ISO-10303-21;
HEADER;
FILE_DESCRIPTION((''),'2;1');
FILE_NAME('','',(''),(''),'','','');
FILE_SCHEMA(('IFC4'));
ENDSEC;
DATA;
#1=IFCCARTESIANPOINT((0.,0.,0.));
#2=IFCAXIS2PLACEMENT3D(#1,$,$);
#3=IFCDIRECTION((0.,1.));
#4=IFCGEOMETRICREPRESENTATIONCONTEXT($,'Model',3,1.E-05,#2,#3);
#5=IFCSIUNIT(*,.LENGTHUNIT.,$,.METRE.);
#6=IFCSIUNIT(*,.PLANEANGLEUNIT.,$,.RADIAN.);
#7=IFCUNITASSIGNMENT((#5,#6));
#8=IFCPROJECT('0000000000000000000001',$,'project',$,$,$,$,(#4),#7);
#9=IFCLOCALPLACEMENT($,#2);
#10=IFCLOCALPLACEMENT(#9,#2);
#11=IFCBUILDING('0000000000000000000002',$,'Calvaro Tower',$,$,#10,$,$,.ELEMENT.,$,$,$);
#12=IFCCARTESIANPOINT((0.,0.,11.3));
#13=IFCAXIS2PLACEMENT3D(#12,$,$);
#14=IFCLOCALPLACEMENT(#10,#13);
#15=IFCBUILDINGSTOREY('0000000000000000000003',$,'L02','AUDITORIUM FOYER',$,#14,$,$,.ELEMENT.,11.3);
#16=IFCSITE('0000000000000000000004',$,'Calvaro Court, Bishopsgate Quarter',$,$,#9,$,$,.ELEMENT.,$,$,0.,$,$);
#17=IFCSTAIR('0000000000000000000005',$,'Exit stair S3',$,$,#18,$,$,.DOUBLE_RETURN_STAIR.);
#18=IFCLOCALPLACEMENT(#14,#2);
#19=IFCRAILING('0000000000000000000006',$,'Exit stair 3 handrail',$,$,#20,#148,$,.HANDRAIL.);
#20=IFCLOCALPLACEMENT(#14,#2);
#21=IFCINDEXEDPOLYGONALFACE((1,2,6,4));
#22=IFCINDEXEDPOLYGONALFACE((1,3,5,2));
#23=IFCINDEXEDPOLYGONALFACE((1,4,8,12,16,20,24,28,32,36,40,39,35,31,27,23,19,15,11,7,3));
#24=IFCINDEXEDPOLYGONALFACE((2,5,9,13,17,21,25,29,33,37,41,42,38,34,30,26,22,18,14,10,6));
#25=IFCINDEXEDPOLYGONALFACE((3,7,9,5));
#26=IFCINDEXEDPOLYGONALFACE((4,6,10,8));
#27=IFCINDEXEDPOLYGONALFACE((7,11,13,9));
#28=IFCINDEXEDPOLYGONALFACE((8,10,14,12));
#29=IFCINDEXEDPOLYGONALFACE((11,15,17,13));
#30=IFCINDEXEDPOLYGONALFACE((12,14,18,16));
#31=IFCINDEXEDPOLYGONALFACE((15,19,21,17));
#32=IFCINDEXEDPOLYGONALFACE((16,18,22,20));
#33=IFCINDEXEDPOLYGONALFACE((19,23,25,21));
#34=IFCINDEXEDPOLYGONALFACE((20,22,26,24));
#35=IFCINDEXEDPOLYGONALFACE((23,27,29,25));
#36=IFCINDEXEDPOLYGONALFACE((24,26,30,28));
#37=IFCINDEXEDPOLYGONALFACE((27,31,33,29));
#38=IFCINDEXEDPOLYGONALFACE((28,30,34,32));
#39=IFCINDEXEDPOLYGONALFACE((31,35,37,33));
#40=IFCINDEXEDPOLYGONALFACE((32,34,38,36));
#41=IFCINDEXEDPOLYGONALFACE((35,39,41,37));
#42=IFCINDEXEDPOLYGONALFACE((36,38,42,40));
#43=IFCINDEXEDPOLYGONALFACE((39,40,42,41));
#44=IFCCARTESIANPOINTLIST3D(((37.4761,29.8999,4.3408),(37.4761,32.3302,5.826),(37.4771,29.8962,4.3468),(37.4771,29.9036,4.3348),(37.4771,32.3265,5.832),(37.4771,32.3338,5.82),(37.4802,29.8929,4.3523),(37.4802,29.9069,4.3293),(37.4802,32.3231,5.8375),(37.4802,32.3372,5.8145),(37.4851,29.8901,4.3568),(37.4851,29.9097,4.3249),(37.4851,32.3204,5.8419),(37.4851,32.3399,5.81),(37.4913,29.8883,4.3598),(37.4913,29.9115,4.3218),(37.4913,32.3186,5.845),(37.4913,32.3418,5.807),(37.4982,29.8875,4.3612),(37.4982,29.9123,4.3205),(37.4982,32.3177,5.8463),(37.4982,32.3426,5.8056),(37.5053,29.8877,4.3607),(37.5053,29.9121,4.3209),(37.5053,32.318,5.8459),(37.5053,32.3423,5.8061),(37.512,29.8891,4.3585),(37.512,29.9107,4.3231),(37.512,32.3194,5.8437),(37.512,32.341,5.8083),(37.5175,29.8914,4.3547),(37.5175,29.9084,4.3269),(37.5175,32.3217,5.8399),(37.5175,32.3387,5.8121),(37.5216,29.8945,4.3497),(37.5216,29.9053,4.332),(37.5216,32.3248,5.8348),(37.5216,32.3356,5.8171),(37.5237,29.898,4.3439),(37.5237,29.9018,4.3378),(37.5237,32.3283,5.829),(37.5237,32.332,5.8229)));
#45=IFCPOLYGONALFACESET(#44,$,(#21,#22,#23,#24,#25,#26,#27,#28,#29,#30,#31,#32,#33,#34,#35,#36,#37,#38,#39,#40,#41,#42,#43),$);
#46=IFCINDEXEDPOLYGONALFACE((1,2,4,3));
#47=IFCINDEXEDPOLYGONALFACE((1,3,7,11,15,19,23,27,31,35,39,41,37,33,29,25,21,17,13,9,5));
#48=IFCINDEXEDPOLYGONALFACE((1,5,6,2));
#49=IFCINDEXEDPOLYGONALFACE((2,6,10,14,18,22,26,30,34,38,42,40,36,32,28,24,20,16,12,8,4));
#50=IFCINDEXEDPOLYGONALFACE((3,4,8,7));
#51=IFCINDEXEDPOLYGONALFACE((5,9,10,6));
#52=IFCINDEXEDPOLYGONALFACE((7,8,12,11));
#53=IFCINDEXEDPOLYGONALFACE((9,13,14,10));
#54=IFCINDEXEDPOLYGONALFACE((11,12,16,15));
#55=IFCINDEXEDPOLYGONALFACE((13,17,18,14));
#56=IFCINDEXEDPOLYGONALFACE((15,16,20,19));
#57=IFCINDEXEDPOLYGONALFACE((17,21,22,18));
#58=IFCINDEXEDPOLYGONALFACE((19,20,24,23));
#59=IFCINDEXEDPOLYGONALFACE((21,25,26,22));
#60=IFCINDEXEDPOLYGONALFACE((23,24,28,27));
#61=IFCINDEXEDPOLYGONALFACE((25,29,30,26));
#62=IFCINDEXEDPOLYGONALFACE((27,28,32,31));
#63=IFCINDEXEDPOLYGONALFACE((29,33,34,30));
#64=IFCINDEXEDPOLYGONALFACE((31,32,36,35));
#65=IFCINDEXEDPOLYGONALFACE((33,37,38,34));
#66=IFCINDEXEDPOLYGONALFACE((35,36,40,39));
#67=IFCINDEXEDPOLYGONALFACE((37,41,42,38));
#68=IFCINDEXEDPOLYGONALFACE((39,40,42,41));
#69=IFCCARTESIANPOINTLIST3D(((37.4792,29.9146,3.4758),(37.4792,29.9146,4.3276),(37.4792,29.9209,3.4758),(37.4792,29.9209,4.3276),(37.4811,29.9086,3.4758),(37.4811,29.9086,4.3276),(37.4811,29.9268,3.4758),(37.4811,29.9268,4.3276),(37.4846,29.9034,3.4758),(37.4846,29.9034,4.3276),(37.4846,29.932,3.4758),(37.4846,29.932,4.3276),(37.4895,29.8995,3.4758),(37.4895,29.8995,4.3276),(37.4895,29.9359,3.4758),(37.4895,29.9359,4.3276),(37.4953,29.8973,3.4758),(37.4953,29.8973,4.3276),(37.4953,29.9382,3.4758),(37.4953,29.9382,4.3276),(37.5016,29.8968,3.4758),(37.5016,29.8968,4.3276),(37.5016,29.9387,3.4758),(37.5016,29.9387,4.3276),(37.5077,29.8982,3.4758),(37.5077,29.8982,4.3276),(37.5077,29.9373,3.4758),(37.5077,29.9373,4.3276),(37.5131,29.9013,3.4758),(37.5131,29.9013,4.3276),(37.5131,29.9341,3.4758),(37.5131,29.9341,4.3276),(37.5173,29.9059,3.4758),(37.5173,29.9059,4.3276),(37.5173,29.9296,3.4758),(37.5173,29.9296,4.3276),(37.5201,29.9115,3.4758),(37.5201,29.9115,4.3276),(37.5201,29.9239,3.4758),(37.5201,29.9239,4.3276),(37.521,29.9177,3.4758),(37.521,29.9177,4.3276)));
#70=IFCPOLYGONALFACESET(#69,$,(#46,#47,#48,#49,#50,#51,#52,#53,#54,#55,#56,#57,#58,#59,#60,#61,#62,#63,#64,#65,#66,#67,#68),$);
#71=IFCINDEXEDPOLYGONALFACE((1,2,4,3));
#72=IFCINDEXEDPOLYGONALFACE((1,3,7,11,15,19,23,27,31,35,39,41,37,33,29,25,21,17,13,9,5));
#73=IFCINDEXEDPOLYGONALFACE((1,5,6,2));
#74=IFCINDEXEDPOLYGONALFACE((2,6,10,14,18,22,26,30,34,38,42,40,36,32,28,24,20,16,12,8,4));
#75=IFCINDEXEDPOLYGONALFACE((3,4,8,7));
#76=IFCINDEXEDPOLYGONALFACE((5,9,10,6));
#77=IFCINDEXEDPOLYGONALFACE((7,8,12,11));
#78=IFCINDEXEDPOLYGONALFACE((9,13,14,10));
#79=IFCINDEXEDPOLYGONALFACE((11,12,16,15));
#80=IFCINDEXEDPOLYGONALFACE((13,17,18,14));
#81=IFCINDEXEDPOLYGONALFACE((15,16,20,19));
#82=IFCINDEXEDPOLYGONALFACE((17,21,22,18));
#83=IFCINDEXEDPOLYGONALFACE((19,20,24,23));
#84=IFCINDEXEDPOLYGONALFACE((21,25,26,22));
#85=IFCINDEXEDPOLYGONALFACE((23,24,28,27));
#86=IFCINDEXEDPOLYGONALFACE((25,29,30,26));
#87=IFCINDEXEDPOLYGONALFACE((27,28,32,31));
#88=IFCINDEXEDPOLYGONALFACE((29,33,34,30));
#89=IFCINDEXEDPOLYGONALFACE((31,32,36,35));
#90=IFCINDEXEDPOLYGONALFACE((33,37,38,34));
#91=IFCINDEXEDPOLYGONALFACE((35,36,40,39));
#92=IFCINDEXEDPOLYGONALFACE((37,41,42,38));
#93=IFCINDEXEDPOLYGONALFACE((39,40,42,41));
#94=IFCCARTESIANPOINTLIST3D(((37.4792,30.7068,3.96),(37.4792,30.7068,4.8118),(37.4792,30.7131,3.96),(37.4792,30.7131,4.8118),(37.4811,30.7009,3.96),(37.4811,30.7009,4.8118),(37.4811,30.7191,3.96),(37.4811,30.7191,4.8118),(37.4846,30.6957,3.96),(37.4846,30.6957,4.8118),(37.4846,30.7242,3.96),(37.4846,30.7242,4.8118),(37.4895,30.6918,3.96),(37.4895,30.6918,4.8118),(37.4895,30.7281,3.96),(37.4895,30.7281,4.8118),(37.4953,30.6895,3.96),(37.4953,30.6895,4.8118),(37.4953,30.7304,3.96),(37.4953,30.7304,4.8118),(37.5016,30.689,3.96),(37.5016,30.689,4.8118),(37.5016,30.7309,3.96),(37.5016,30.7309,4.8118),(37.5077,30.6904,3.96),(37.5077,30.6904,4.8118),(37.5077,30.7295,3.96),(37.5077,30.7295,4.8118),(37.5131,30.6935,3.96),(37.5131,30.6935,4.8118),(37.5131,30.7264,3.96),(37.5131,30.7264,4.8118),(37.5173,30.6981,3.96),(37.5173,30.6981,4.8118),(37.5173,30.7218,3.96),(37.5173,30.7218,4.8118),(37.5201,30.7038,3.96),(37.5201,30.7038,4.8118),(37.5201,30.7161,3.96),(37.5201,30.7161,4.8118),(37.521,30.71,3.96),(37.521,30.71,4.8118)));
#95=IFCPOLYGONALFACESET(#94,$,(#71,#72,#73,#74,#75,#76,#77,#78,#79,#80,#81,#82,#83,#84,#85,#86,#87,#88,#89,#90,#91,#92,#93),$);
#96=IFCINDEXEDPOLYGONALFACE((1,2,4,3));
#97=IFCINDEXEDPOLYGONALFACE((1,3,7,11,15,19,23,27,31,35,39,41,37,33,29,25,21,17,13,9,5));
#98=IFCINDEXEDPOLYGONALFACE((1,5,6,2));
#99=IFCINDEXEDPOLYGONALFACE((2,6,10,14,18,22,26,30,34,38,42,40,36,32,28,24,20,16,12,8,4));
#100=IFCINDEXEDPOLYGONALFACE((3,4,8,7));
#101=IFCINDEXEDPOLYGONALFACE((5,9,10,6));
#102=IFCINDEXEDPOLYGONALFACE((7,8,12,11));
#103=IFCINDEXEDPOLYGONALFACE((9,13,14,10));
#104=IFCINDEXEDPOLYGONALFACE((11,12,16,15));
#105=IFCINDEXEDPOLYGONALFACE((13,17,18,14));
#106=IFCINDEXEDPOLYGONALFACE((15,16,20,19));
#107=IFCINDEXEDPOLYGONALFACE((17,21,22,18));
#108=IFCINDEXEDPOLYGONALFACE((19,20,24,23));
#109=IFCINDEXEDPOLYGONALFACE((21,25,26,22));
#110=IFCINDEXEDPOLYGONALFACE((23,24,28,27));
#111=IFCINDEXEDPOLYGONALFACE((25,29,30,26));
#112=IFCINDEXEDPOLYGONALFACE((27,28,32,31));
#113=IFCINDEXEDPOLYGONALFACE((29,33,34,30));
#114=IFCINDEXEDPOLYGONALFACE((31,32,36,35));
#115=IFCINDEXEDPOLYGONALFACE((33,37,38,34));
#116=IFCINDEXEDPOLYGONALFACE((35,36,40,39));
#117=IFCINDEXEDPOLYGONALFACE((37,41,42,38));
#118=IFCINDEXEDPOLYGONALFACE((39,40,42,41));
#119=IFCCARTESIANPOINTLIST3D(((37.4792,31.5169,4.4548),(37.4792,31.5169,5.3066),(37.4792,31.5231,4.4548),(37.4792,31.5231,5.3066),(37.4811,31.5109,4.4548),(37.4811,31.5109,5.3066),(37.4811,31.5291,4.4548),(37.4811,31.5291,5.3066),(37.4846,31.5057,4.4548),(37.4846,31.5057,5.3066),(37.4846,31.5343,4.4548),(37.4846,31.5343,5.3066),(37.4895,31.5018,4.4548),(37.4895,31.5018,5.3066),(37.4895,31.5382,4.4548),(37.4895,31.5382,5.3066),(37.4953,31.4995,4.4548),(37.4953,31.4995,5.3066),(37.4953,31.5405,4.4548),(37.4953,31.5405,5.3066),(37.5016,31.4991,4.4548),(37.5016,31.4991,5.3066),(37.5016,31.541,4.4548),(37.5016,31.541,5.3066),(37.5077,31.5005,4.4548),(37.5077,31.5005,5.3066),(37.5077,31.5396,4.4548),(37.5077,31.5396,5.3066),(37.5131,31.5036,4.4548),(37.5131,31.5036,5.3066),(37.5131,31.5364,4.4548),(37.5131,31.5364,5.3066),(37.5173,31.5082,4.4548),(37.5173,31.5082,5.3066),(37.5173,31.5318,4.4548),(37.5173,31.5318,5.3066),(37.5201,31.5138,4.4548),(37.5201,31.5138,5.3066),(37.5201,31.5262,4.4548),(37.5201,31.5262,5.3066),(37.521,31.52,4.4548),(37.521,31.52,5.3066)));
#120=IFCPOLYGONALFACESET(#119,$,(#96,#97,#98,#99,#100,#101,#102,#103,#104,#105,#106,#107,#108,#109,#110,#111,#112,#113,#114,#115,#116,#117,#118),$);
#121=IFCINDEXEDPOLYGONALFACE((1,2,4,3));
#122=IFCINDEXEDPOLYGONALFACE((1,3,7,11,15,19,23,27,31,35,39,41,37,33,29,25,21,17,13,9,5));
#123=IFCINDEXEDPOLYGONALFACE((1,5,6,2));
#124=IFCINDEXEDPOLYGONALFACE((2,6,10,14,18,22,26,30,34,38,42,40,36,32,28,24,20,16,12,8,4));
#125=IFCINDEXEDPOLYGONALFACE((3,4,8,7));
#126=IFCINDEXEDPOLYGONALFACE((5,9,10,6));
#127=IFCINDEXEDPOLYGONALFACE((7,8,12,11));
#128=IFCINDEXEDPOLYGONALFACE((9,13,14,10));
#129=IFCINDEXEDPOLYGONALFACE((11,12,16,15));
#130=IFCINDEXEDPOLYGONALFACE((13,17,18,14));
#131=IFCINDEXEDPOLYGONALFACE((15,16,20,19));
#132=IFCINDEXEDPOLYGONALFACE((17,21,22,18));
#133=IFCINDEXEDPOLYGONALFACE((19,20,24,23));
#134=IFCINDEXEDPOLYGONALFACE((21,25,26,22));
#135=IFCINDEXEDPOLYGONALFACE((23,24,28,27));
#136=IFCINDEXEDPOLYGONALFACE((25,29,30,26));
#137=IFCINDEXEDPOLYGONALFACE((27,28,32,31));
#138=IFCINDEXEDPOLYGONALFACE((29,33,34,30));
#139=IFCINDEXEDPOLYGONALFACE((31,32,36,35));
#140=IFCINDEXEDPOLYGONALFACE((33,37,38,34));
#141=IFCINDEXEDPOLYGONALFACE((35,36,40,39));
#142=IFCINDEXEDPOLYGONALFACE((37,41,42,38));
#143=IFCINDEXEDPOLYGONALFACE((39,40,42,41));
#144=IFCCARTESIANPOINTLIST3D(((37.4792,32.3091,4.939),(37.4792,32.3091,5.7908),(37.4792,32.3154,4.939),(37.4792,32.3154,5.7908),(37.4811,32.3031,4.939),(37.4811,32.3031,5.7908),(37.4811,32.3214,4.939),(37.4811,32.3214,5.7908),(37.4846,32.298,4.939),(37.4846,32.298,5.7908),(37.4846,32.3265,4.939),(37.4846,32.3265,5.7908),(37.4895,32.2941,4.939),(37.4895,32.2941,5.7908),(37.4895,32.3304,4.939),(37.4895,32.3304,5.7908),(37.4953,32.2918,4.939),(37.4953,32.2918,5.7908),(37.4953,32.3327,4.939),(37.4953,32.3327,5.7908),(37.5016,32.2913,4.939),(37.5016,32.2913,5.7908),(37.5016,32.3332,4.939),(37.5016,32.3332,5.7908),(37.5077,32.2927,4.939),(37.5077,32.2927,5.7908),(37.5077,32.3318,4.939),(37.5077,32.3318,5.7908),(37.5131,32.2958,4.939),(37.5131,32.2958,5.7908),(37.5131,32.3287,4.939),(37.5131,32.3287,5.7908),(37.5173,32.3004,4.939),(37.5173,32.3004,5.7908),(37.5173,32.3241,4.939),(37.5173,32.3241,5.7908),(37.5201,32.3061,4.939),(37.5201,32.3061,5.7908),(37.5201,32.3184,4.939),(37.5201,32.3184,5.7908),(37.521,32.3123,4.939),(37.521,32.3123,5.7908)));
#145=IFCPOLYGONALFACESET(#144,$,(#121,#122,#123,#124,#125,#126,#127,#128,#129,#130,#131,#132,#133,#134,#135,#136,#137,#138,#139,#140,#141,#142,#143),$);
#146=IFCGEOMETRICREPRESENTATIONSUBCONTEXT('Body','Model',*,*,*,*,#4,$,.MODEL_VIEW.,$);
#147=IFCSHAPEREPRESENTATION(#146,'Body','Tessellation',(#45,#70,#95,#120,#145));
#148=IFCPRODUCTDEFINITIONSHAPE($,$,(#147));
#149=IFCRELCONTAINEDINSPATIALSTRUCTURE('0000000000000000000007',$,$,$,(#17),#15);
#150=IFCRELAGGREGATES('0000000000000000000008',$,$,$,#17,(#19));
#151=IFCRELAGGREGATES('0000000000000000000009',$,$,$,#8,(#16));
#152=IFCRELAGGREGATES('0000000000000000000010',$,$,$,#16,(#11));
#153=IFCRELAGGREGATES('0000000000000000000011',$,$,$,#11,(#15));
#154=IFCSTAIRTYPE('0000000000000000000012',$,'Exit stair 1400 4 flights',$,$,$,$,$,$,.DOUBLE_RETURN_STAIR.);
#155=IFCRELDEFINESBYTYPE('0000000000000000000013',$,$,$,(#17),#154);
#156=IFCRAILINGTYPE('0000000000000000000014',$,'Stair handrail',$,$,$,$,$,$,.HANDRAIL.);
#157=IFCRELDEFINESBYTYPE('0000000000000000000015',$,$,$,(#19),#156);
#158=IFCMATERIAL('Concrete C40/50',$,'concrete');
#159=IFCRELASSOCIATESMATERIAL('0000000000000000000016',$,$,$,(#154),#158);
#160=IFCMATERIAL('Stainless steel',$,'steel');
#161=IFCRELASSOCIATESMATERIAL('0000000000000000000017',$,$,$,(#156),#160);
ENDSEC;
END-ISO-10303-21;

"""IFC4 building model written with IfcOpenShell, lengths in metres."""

from ifc_helpers import new_model, si_unit, direction, frame, origin, origin_2d, place, context, subcontext, project, spatial, circle, extrude, material, type_object, element, aggregate, save


model = new_model("IFC4")

# Units and contexts
model_context = context("Model", 3, precision=1e-05, world=origin(), true_north=direction((0.0, 1.0)))
body_context = subcontext(model_context, "Body", "Model", "MODEL_VIEW")
ifc_project = project(units=[si_unit("LENGTHUNIT", "METRE"), si_unit("PLANEANGLEUNIT", "RADIAN")], contexts=[model_context])

# Site, building, storey
site_placement = place(None, origin())
site = spatial("IfcSite", under=ifc_project, at=site_placement, Name="Calvaro Court, Bishopsgate Quarter", CompositionType="ELEMENT", RefElevation=0.0)
building_placement = place(site_placement, origin())
building = spatial("IfcBuilding", under=site, at=building_placement, Name="Calvaro Tower", CompositionType="ELEMENT")
storey_placement = place(building_placement, frame((0.0, 0.0, 11.3)))
storey = spatial("IfcBuildingStorey", under=building, at=storey_placement, Name="L02", Description="AUDITORIUM FOYER", CompositionType="ELEMENT", Elevation=11.3)

# Stair, railing
ifc_material_1 = material(Name="Concrete C40/50", Category="concrete")
stair_type = type_object("IfcStairType", Name="Exit stair 1400 4 flights", PredefinedType="DOUBLE_RETURN_STAIR", material=ifc_material_1)
stair_placement = place(storey_placement, origin())
stair = element("IfcStair", 1, at=stair_placement, inside=storey, type_object=stair_type, Name="Exit stair S3", PredefinedType="DOUBLE_RETURN_STAIR")
ifc_material_2 = material(Name="Stainless steel", Category="steel")
railing_type = type_object("IfcRailingType", Name="Stair handrail", PredefinedType="HANDRAIL", material=ifc_material_2)
railing_1_placement = place(storey_placement, frame((37.5, 29.8999, 3.4648)))
railing_1 = element("IfcRailing", 2, at=railing_1_placement, type_object=railing_type, Name="Exit stair 3 handrail", PredefinedType="HANDRAIL", context=body_context, shape_type="SweptSolid", body=[
    extrude(circle(Radius=0.0239, at=origin_2d()), frame((0.0, 0.0, 0.876), z_axis=(0.0, 0.853282, 0.52145), x_axis=(-1.0, 0.0, 0.0)), (0.0, 0.0, 1.0), 2.8481),
    extrude(circle(Radius=0.021, at=origin_2d()), frame((0.0, 0.0178, 0.011)), (0.0, 0.0, 1.0), 0.8518),
    extrude(circle(Radius=0.021, at=origin_2d()), frame((0.0, 0.8101, 0.4951)), (0.0, 0.0, 1.0), 0.8518),
    extrude(circle(Radius=0.021, at=origin_2d()), frame((0.0, 1.6201, 0.99)), (0.0, 0.0, 1.0), 0.8518),
    extrude(circle(Radius=0.021, at=origin_2d()), frame((0.0, 2.4124, 1.4741)), (0.0, 0.0, 1.0), 0.8518),
])
aggregate(stair, [railing_1])

save(model, "model.ifc")
